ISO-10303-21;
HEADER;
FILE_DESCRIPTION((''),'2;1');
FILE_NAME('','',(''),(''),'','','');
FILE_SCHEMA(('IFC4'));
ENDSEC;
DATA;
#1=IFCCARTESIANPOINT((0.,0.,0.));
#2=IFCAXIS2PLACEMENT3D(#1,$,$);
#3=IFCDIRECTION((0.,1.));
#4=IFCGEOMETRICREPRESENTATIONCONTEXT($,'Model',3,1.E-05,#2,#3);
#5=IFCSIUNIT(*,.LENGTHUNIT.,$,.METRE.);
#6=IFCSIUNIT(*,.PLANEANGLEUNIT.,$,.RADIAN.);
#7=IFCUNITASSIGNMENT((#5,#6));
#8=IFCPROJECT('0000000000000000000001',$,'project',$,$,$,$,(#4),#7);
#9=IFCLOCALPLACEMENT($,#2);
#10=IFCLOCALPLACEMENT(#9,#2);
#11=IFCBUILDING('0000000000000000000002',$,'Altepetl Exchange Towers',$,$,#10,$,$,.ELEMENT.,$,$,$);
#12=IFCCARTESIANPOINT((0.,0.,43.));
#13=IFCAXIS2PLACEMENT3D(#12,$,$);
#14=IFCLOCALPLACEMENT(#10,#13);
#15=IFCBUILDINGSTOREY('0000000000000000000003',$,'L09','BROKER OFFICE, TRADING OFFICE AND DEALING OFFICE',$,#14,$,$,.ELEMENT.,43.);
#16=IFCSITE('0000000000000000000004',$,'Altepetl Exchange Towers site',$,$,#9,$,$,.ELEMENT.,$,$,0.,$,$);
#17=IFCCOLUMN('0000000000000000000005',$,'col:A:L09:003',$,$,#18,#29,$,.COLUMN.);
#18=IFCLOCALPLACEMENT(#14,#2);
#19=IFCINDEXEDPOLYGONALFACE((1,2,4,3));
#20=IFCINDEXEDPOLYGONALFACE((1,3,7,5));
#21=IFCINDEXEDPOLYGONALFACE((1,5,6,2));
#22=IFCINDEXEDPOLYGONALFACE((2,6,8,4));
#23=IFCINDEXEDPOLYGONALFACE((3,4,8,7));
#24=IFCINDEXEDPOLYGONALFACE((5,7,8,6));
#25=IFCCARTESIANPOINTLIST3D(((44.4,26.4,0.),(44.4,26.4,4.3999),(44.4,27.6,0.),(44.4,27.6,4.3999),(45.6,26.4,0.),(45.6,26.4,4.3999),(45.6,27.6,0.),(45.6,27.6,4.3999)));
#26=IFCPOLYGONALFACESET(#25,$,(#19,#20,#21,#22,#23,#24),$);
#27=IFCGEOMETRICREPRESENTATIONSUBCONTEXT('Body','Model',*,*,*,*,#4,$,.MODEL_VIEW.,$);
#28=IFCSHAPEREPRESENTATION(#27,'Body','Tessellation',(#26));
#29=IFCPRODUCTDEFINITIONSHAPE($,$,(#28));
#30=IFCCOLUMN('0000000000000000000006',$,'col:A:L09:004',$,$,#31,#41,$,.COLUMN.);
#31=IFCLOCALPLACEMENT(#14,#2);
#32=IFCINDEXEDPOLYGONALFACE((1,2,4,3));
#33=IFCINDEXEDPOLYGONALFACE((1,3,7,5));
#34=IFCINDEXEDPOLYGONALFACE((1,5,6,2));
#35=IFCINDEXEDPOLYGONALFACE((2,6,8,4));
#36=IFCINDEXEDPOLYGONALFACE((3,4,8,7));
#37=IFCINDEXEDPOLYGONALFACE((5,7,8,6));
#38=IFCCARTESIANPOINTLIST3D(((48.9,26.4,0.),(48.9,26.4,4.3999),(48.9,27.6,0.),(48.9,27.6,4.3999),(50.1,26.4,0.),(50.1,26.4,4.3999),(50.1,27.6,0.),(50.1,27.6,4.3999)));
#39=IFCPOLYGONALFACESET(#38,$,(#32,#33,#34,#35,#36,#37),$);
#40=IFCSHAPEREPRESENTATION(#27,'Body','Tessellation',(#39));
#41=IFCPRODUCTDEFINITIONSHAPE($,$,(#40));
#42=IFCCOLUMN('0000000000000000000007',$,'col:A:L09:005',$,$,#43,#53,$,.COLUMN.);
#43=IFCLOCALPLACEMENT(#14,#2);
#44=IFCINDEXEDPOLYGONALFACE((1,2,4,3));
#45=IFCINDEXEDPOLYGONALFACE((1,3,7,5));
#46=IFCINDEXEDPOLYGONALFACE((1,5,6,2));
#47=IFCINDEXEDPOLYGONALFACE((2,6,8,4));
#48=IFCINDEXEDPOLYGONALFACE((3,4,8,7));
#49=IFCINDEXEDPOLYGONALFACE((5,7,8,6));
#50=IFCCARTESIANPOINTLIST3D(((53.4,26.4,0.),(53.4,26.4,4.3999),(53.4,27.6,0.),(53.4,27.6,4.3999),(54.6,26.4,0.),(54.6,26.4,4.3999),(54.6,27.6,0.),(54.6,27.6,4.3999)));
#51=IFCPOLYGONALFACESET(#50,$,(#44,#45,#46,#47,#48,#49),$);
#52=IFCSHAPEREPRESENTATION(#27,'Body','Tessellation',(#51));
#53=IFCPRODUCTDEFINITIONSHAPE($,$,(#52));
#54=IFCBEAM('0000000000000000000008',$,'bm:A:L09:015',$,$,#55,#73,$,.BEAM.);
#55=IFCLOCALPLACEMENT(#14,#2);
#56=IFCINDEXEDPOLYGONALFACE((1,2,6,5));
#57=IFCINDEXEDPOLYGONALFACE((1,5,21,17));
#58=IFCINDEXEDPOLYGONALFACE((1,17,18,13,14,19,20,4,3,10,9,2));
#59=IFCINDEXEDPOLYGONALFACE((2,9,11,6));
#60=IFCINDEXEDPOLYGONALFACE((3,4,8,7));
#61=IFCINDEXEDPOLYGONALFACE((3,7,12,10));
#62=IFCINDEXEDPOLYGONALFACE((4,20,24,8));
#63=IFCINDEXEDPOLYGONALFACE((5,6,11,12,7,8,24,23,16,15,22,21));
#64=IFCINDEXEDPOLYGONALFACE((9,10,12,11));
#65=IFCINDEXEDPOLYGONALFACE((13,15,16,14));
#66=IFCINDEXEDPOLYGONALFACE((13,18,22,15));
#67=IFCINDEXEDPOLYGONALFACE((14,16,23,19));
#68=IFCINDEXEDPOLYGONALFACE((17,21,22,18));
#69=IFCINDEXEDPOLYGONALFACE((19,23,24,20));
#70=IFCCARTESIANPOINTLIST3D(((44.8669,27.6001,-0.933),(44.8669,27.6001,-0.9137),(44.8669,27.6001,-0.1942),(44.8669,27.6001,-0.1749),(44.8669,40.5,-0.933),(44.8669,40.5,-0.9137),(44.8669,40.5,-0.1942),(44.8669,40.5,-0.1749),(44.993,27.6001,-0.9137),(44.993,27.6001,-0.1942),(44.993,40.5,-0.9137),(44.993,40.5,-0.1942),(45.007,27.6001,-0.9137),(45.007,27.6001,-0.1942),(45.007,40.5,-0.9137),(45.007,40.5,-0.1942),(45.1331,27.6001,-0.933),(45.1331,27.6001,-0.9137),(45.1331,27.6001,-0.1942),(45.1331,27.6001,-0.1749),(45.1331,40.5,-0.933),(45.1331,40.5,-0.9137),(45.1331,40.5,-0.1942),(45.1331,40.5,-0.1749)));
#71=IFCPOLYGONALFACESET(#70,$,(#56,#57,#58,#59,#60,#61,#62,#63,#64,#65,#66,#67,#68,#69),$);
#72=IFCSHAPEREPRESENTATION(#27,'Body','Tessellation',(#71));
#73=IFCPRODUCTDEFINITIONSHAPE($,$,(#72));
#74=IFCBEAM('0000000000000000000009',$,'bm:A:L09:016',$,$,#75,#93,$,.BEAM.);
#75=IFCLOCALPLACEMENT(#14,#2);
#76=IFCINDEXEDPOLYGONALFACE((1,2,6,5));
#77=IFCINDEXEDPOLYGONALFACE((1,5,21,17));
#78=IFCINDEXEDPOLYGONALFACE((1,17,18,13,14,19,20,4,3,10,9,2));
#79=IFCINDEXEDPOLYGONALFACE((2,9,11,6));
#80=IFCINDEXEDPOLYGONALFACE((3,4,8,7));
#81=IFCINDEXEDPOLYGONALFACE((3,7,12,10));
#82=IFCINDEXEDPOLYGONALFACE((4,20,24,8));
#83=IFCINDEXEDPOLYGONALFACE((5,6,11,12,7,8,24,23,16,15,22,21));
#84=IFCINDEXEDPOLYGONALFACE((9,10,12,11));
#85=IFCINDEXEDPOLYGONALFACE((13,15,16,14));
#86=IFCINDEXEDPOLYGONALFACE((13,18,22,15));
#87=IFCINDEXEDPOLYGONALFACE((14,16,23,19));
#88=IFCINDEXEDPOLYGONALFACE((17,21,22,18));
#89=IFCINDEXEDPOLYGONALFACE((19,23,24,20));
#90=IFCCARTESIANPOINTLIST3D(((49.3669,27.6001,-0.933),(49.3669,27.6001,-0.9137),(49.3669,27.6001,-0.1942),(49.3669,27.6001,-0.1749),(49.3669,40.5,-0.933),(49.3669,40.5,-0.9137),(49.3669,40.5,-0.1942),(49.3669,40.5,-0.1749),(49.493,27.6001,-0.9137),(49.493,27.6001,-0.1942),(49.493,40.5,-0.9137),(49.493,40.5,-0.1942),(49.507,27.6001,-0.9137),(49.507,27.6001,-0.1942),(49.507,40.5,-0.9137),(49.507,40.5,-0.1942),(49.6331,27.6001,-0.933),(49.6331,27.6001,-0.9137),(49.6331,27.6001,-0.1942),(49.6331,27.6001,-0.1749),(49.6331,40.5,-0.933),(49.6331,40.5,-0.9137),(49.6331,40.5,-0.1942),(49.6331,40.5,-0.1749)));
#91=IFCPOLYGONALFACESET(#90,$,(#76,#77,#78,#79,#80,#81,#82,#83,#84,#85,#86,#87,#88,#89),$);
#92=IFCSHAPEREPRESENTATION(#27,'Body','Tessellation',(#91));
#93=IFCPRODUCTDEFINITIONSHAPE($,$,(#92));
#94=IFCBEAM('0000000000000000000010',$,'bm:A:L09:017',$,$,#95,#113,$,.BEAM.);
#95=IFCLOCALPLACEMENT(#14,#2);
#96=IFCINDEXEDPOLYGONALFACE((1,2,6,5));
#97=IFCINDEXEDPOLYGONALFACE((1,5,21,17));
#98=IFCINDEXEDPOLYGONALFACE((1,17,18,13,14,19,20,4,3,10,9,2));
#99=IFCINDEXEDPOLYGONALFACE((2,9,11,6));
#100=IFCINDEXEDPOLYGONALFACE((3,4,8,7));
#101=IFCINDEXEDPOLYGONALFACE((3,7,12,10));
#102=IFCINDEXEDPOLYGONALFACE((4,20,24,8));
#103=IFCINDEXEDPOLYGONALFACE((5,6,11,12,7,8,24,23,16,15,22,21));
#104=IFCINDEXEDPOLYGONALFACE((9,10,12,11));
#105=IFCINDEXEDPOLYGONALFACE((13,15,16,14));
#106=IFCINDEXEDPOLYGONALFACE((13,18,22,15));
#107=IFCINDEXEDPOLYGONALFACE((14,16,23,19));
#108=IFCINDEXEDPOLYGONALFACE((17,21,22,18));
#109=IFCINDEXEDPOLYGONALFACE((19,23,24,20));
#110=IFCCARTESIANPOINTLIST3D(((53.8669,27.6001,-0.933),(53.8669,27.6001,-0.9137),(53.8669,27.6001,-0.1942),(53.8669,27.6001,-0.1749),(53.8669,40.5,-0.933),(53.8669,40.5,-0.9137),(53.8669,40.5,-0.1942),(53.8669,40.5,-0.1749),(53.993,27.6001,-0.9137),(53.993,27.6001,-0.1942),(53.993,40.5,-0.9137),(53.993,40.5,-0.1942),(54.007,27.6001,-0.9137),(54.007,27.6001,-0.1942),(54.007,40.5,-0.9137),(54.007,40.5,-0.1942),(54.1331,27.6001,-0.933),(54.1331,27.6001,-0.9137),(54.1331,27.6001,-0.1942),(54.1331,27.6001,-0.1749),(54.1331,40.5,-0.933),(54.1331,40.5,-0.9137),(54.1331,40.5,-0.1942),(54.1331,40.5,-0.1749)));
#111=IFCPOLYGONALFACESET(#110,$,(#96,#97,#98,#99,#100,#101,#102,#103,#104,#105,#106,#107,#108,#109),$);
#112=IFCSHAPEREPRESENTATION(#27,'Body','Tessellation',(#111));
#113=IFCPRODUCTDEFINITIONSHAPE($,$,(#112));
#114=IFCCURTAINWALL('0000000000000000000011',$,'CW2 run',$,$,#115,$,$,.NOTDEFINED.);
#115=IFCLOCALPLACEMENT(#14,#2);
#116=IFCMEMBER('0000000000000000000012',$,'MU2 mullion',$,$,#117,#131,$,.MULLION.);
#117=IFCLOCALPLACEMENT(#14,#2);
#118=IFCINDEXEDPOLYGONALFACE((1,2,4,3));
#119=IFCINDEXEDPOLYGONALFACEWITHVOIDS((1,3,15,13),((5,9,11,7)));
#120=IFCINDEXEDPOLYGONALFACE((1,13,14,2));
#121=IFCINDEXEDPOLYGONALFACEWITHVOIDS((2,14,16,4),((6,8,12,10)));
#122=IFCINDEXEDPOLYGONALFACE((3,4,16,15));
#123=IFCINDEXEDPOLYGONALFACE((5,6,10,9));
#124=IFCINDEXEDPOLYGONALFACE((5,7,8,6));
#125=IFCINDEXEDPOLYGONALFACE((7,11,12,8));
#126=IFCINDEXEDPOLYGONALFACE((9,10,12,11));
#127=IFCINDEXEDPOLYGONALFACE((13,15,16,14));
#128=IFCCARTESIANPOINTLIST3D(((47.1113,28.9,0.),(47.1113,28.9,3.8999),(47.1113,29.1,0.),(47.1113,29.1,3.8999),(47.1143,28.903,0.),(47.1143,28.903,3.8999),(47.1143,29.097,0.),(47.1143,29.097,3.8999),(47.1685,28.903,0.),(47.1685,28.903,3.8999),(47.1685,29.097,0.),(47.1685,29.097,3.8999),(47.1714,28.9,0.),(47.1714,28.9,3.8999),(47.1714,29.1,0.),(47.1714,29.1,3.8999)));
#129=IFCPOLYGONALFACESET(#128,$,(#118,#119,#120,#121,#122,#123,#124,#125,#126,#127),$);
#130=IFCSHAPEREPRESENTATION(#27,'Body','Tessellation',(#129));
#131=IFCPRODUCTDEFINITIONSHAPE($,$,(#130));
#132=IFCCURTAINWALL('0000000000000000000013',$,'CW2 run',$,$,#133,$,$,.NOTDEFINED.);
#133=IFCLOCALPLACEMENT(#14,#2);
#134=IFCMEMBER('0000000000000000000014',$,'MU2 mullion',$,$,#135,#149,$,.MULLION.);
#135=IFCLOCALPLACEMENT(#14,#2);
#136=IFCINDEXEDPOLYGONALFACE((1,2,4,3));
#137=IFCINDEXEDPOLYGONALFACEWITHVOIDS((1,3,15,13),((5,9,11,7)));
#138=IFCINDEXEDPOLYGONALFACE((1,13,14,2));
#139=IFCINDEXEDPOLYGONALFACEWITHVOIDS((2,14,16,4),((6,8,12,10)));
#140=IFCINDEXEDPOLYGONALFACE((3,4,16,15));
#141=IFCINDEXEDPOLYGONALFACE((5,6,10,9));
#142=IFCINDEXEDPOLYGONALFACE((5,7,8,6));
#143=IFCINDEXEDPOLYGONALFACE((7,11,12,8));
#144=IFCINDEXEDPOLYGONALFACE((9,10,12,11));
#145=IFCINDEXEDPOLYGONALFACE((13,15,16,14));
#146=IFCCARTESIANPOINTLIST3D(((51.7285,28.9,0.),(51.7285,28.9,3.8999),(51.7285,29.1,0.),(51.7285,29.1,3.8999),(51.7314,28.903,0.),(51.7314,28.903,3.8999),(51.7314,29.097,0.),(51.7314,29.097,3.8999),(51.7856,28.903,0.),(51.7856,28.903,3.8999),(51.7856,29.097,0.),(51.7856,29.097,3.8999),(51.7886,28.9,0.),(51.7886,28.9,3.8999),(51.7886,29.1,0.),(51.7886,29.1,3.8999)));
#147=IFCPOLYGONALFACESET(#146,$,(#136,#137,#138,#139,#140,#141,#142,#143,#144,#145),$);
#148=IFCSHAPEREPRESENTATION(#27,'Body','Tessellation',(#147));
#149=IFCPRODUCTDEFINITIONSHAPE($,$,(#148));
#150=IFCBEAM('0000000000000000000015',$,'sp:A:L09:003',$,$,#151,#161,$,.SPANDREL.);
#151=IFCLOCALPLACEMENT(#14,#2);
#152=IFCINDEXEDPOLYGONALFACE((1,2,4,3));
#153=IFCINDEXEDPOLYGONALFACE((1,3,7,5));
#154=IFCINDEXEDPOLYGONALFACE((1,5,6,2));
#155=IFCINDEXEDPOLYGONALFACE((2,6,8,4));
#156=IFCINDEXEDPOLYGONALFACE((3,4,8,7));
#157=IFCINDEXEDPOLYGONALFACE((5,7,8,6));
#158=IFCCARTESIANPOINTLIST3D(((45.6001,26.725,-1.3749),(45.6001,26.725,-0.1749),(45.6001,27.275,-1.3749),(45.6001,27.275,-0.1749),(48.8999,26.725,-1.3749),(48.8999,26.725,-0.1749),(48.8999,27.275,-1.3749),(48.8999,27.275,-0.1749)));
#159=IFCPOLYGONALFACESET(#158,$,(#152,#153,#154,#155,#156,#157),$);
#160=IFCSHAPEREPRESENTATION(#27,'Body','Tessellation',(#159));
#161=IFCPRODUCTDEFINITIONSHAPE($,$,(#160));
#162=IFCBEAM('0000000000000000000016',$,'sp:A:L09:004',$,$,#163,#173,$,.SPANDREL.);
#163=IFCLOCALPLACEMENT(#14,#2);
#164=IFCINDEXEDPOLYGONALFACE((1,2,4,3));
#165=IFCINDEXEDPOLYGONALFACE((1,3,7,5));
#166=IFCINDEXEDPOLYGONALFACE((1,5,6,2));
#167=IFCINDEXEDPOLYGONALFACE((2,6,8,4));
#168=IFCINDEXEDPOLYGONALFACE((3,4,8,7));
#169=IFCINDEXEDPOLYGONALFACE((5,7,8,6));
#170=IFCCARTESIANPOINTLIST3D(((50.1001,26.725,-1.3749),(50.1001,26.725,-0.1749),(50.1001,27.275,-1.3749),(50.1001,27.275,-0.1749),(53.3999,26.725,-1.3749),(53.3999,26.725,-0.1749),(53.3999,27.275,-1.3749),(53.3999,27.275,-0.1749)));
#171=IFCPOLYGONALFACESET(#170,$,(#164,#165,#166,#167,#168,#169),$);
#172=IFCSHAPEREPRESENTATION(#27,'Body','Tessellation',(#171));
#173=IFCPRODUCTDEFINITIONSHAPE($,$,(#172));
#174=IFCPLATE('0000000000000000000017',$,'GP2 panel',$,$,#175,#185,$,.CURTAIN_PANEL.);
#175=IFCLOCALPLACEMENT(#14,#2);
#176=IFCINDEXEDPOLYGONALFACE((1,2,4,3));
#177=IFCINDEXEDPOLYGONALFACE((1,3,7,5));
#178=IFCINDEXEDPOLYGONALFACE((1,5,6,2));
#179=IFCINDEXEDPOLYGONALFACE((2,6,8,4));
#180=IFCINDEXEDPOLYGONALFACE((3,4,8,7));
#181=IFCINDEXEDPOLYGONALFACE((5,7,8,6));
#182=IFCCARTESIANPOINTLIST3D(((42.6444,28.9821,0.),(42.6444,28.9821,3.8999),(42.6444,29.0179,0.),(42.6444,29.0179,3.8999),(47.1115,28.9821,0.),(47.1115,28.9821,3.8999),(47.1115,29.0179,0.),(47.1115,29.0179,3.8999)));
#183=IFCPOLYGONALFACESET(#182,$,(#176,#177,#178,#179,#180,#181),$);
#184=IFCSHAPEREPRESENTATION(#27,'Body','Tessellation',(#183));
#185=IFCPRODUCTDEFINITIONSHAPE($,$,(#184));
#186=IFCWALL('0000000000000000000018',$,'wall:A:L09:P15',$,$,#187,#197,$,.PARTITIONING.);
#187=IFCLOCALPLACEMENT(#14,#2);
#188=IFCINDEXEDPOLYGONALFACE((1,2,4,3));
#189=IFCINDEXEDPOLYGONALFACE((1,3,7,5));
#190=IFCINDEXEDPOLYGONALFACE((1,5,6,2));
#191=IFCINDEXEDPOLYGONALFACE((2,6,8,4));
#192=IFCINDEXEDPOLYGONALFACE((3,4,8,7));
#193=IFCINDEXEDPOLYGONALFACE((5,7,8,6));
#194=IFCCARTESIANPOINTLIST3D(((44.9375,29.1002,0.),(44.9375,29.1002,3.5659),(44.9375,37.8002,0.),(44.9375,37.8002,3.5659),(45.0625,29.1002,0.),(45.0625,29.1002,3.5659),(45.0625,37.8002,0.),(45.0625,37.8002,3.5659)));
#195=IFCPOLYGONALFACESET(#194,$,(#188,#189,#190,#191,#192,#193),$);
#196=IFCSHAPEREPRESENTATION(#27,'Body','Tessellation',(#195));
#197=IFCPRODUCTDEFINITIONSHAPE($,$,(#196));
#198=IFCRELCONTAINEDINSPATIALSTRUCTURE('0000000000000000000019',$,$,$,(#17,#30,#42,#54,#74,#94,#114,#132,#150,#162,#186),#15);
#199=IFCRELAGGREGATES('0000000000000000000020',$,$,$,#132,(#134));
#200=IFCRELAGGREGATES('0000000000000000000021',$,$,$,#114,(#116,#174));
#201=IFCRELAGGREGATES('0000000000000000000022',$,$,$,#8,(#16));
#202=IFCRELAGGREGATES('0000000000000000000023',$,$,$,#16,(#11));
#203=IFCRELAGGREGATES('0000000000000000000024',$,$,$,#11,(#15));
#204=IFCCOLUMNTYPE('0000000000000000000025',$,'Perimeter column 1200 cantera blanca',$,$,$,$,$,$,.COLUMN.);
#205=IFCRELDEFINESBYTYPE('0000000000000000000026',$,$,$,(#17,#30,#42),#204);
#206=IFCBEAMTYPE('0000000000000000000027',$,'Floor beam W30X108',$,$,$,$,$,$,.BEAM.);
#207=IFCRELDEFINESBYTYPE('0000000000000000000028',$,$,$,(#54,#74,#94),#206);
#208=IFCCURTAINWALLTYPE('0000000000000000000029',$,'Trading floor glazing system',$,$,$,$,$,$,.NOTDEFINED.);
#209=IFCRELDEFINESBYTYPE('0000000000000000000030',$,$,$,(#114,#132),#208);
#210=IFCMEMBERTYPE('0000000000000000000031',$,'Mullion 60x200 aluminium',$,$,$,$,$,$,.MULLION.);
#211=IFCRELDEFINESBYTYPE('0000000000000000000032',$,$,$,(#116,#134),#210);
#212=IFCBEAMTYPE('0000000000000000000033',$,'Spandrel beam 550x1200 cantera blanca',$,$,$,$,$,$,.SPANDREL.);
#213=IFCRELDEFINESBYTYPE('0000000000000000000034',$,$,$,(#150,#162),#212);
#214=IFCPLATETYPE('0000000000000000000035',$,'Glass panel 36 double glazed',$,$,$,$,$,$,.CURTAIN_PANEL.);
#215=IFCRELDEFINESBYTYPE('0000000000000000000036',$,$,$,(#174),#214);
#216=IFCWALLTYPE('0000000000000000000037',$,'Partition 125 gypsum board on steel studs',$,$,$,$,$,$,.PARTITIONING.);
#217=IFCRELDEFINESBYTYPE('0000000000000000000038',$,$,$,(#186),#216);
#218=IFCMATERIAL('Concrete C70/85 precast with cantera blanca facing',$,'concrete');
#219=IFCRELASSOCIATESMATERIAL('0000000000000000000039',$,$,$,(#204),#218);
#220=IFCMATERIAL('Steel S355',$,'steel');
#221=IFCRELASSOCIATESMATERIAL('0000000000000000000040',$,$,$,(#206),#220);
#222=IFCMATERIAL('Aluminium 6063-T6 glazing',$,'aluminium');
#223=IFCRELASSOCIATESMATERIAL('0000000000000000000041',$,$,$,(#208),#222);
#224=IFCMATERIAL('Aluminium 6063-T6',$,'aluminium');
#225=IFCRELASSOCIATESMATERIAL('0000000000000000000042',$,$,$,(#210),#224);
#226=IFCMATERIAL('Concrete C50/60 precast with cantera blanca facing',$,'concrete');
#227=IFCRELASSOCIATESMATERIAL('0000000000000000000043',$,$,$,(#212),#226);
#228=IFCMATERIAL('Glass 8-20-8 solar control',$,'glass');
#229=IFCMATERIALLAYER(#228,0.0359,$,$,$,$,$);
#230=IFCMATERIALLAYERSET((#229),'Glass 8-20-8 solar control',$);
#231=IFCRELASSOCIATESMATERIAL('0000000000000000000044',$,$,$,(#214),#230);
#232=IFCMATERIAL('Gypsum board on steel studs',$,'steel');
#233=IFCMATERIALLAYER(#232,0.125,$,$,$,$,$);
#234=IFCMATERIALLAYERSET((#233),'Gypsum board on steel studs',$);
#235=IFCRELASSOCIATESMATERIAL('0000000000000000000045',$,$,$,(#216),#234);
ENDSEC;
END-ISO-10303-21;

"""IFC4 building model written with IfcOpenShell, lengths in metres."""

from ifc_helpers import new_model, si_unit, direction, frame, frame_2d, origin, origin_2d, place, context, subcontext, project, spatial, rectangle, hollow_rectangle, i_section, extrude, material, layer, layer_set, material_profile, profile_set, type_object, element, aggregate, save


model = new_model("IFC4")

# Units and contexts
model_context = context("Model", 3, precision=1e-05, world=origin(), true_north=direction((0.0, 1.0)))
body_context = subcontext(model_context, "Body", "Model", "MODEL_VIEW")
ifc_project = project(units=[si_unit("LENGTHUNIT", "METRE"), si_unit("PLANEANGLEUNIT", "RADIAN")], contexts=[model_context])

# Site, building, storey
site_placement = place(None, origin())
site = spatial("IfcSite", under=ifc_project, at=site_placement, Name="Altepetl Exchange Towers site", CompositionType="ELEMENT", RefElevation=0.0)
building_placement = place(site_placement, origin())
building = spatial("IfcBuilding", under=site, at=building_placement, Name="Altepetl Exchange Towers", CompositionType="ELEMENT")
storey_placement = place(building_placement, frame((0.0, 0.0, 43.0)))
storey = spatial("IfcBuildingStorey", under=building, at=storey_placement, Name="L09", Description="BROKER OFFICE, TRADING OFFICE AND DEALING OFFICE", CompositionType="ELEMENT", Elevation=43.0)

# Columns
ifc_material_1 = material(Name="Concrete C70/85 precast with cantera blanca facing", Category="concrete")
ifc_material_profile_1 = material_profile(ifc_material_1, rectangle(XDim=1.2, YDim=1.2, at=origin_2d()), Name="1200 x 1200")
ifc_profile_set_1 = profile_set([ifc_material_profile_1], Name="Concrete C70/85 precast with cantera blanca facing")
column_type = type_object("IfcColumnType", Name="Perimeter column 1200 cantera blanca", PredefinedType="COLUMN", material=ifc_profile_set_1)
for number, where, name in (
    (1, (45.0, 27.0, 0.0), "col:A:L09:003"),
    (2, (49.5, 27.0, 0.0), "col:A:L09:004"),
    (3, (54.0, 27.0, 0.0), "col:A:L09:005"),
):
    element("IfcColumn", number, at=place(storey_placement, frame(where)), inside=storey, type_object=column_type, Name=name, PredefinedType="COLUMN", context=body_context, shape_type="SweptSolid", body=[
        extrude(rectangle(XDim=1.2, YDim=1.2, at=origin_2d()), origin(), (0.0, 0.0, 1.0), 4.3999),
    ])

# Beams
ifc_material_2 = material(Name="Steel S355", Category="steel")
ifc_material_profile_2 = material_profile(ifc_material_2, i_section(OverallWidth=0.2661, OverallDepth=0.7581, WebThickness=0.0139, FlangeThickness=0.0193, at=origin_2d()), Name="W30X108")
ifc_profile_set_2 = profile_set([ifc_material_profile_2], Name="Steel S355")
beam_type_1 = type_object("IfcBeamType", Name="Floor beam W30X108", PredefinedType="BEAM", material=ifc_profile_set_2)
for number, where, z_axis, x_axis, name in (
    (4, (45.0, 27.6001, -0.554), (0.0, 1.0, 0.0), (-1.0, 0.0, 0.0), "bm:A:L09:015"),
    (5, (49.5, 27.6001, -0.554), (0.0, 1.0, 0.0), (-1.0, 0.0, 0.0), "bm:A:L09:016"),
    (6, (54.0, 27.6001, -0.554), (0.0, 1.0, 0.0), (-1.0, 0.0, 0.0), "bm:A:L09:017"),
):
    element("IfcBeam", number, at=place(storey_placement, frame(where, z_axis=z_axis, x_axis=x_axis)), inside=storey, type_object=beam_type_1, Name=name, PredefinedType="BEAM", context=body_context, shape_type="SweptSolid", body=[
        extrude(i_section(OverallWidth=0.2661, OverallDepth=0.7581, WebThickness=0.0139, FlangeThickness=0.0193, at=origin_2d()), origin(), (0.0, 0.0, 1.0), 12.8999),
    ])

# Curtain walls, members
ifc_material_3 = material(Name="Aluminium 6063-T6 glazing", Category="aluminium")
curtain_wall_type = type_object("IfcCurtainWallType", Name="Trading floor glazing system", PredefinedType="NOTDEFINED", material=ifc_material_3)
curtain_wall_1_placement = place(storey_placement, origin())
curtain_wall_1 = element("IfcCurtainWall", 7, at=curtain_wall_1_placement, inside=storey, type_object=curtain_wall_type, Name="CW2 run", PredefinedType="NOTDEFINED")
ifc_material_4 = material(Name="Aluminium 6063-T6", Category="aluminium")
ifc_material_profile_3 = material_profile(ifc_material_4, hollow_rectangle(XDim=0.0601, YDim=0.2, WallThickness=0.0029, at=origin_2d()), Name="Mullion 60x200 aluminium")
ifc_profile_set_3 = profile_set([ifc_material_profile_3], Name="Aluminium 6063-T6")
member_type = type_object("IfcMemberType", Name="Mullion 60x200 aluminium", PredefinedType="MULLION", material=ifc_profile_set_3)
member_1_placement = place(storey_placement, frame((47.1414, 29.0, 0.0)))
member_1 = element("IfcMember", 8, at=member_1_placement, type_object=member_type, Name="MU2 mullion", PredefinedType="MULLION", context=body_context, shape_type="SweptSolid", body=[
    extrude(hollow_rectangle(XDim=0.0601, YDim=0.2, WallThickness=0.0029, at=origin_2d()), origin(), (0.0, 0.0, 1.0), 3.8999),
])
curtain_wall_2_placement = place(storey_placement, origin())
curtain_wall_2 = element("IfcCurtainWall", 9, at=curtain_wall_2_placement, inside=storey, type_object=curtain_wall_type, Name="CW2 run", PredefinedType="NOTDEFINED")
member_2_placement = place(storey_placement, frame((51.7585, 29.0, 0.0)))
member_2 = element("IfcMember", 10, at=member_2_placement, type_object=member_type, Name="MU2 mullion", PredefinedType="MULLION", context=body_context, shape_type="SweptSolid", body=[
    extrude(hollow_rectangle(XDim=0.0601, YDim=0.2, WallThickness=0.0029, at=origin_2d()), origin(), (0.0, 0.0, 1.0), 3.8999),
])
aggregate(curtain_wall_2, [member_2])

# Beams
ifc_material_5 = material(Name="Concrete C50/60 precast with cantera blanca facing", Category="concrete")
ifc_material_profile_4 = material_profile(ifc_material_5, rectangle(XDim=0.55, YDim=1.2, at=origin_2d()), Name="550 x 1200")
ifc_profile_set_4 = profile_set([ifc_material_profile_4], Name="Concrete C50/60 precast with cantera blanca facing")
beam_type_2 = type_object("IfcBeamType", Name="Spandrel beam 550x1200 cantera blanca", PredefinedType="SPANDREL", material=ifc_profile_set_4)
for number, where, z_axis, x_axis, name in (
    (11, (45.6001, 27.0, -0.7749), (1.0, 0.0, 0.0), (0.0, 1.0, 0.0), "sp:A:L09:003"),
    (12, (50.1001, 27.0, -0.7749), (1.0, 0.0, 0.0), (0.0, 1.0, 0.0), "sp:A:L09:004"),
):
    element("IfcBeam", number, at=place(storey_placement, frame(where, z_axis=z_axis, x_axis=x_axis)), inside=storey, type_object=beam_type_2, Name=name, PredefinedType="SPANDREL", context=body_context, shape_type="SweptSolid", body=[
        extrude(rectangle(XDim=0.55, YDim=1.2, at=origin_2d()), origin(), (0.0, 0.0, 1.0), 3.2998),
    ])

# Plate
ifc_material_6 = material(Name="Glass 8-20-8 solar control", Category="glass")
ifc_layer_1 = layer(ifc_material_6, 0.0359)
ifc_layer_set_1 = layer_set([ifc_layer_1], Name="Glass 8-20-8 solar control")
plate_type = type_object("IfcPlateType", Name="Glass panel 36 double glazed", PredefinedType="CURTAIN_PANEL", material=ifc_layer_set_1)
plate_placement = place(storey_placement, frame((44.8779, 29.0, 0.0)))
plate = element("IfcPlate", 13, at=plate_placement, type_object=plate_type, Name="GP2 panel", PredefinedType="CURTAIN_PANEL", context=body_context, shape_type="SweptSolid", body=[
    extrude(rectangle(XDim=4.467, YDim=0.0359, at=origin_2d()), origin(), (0.0, 0.0, 1.0), 3.8999),
])
aggregate(curtain_wall_1, [member_1, plate])

# Wall
ifc_material_7 = material(Name="Gypsum board on steel studs", Category="steel")
ifc_layer_2 = layer(ifc_material_7, 0.125)
ifc_layer_set_2 = layer_set([ifc_layer_2], Name="Gypsum board on steel studs")
wall_type_1 = type_object("IfcWallType", Name="Partition 125 gypsum board on steel studs", PredefinedType="PARTITIONING", material=ifc_layer_set_2)
for number, where, z_axis, x_axis, name in (
    (14, (45.0, 29.1001, 0.0), (0.0, 0.0, 1.0), (0.0, 1.0, 0.0), "wall:A:L09:P15"),
):
    element("IfcWall", number, at=place(storey_placement, frame(where, z_axis=z_axis, x_axis=x_axis)), inside=storey, type_object=wall_type_1, Name=name, PredefinedType="PARTITIONING", context=body_context, shape_type="SweptSolid", body=[
        extrude(rectangle(XDim=8.7, YDim=0.125, at=frame_2d((4.3501, 0.0))), origin(), (0.0, 0.0, 1.0), 3.5659),
    ])

save(model, "model.ifc")
